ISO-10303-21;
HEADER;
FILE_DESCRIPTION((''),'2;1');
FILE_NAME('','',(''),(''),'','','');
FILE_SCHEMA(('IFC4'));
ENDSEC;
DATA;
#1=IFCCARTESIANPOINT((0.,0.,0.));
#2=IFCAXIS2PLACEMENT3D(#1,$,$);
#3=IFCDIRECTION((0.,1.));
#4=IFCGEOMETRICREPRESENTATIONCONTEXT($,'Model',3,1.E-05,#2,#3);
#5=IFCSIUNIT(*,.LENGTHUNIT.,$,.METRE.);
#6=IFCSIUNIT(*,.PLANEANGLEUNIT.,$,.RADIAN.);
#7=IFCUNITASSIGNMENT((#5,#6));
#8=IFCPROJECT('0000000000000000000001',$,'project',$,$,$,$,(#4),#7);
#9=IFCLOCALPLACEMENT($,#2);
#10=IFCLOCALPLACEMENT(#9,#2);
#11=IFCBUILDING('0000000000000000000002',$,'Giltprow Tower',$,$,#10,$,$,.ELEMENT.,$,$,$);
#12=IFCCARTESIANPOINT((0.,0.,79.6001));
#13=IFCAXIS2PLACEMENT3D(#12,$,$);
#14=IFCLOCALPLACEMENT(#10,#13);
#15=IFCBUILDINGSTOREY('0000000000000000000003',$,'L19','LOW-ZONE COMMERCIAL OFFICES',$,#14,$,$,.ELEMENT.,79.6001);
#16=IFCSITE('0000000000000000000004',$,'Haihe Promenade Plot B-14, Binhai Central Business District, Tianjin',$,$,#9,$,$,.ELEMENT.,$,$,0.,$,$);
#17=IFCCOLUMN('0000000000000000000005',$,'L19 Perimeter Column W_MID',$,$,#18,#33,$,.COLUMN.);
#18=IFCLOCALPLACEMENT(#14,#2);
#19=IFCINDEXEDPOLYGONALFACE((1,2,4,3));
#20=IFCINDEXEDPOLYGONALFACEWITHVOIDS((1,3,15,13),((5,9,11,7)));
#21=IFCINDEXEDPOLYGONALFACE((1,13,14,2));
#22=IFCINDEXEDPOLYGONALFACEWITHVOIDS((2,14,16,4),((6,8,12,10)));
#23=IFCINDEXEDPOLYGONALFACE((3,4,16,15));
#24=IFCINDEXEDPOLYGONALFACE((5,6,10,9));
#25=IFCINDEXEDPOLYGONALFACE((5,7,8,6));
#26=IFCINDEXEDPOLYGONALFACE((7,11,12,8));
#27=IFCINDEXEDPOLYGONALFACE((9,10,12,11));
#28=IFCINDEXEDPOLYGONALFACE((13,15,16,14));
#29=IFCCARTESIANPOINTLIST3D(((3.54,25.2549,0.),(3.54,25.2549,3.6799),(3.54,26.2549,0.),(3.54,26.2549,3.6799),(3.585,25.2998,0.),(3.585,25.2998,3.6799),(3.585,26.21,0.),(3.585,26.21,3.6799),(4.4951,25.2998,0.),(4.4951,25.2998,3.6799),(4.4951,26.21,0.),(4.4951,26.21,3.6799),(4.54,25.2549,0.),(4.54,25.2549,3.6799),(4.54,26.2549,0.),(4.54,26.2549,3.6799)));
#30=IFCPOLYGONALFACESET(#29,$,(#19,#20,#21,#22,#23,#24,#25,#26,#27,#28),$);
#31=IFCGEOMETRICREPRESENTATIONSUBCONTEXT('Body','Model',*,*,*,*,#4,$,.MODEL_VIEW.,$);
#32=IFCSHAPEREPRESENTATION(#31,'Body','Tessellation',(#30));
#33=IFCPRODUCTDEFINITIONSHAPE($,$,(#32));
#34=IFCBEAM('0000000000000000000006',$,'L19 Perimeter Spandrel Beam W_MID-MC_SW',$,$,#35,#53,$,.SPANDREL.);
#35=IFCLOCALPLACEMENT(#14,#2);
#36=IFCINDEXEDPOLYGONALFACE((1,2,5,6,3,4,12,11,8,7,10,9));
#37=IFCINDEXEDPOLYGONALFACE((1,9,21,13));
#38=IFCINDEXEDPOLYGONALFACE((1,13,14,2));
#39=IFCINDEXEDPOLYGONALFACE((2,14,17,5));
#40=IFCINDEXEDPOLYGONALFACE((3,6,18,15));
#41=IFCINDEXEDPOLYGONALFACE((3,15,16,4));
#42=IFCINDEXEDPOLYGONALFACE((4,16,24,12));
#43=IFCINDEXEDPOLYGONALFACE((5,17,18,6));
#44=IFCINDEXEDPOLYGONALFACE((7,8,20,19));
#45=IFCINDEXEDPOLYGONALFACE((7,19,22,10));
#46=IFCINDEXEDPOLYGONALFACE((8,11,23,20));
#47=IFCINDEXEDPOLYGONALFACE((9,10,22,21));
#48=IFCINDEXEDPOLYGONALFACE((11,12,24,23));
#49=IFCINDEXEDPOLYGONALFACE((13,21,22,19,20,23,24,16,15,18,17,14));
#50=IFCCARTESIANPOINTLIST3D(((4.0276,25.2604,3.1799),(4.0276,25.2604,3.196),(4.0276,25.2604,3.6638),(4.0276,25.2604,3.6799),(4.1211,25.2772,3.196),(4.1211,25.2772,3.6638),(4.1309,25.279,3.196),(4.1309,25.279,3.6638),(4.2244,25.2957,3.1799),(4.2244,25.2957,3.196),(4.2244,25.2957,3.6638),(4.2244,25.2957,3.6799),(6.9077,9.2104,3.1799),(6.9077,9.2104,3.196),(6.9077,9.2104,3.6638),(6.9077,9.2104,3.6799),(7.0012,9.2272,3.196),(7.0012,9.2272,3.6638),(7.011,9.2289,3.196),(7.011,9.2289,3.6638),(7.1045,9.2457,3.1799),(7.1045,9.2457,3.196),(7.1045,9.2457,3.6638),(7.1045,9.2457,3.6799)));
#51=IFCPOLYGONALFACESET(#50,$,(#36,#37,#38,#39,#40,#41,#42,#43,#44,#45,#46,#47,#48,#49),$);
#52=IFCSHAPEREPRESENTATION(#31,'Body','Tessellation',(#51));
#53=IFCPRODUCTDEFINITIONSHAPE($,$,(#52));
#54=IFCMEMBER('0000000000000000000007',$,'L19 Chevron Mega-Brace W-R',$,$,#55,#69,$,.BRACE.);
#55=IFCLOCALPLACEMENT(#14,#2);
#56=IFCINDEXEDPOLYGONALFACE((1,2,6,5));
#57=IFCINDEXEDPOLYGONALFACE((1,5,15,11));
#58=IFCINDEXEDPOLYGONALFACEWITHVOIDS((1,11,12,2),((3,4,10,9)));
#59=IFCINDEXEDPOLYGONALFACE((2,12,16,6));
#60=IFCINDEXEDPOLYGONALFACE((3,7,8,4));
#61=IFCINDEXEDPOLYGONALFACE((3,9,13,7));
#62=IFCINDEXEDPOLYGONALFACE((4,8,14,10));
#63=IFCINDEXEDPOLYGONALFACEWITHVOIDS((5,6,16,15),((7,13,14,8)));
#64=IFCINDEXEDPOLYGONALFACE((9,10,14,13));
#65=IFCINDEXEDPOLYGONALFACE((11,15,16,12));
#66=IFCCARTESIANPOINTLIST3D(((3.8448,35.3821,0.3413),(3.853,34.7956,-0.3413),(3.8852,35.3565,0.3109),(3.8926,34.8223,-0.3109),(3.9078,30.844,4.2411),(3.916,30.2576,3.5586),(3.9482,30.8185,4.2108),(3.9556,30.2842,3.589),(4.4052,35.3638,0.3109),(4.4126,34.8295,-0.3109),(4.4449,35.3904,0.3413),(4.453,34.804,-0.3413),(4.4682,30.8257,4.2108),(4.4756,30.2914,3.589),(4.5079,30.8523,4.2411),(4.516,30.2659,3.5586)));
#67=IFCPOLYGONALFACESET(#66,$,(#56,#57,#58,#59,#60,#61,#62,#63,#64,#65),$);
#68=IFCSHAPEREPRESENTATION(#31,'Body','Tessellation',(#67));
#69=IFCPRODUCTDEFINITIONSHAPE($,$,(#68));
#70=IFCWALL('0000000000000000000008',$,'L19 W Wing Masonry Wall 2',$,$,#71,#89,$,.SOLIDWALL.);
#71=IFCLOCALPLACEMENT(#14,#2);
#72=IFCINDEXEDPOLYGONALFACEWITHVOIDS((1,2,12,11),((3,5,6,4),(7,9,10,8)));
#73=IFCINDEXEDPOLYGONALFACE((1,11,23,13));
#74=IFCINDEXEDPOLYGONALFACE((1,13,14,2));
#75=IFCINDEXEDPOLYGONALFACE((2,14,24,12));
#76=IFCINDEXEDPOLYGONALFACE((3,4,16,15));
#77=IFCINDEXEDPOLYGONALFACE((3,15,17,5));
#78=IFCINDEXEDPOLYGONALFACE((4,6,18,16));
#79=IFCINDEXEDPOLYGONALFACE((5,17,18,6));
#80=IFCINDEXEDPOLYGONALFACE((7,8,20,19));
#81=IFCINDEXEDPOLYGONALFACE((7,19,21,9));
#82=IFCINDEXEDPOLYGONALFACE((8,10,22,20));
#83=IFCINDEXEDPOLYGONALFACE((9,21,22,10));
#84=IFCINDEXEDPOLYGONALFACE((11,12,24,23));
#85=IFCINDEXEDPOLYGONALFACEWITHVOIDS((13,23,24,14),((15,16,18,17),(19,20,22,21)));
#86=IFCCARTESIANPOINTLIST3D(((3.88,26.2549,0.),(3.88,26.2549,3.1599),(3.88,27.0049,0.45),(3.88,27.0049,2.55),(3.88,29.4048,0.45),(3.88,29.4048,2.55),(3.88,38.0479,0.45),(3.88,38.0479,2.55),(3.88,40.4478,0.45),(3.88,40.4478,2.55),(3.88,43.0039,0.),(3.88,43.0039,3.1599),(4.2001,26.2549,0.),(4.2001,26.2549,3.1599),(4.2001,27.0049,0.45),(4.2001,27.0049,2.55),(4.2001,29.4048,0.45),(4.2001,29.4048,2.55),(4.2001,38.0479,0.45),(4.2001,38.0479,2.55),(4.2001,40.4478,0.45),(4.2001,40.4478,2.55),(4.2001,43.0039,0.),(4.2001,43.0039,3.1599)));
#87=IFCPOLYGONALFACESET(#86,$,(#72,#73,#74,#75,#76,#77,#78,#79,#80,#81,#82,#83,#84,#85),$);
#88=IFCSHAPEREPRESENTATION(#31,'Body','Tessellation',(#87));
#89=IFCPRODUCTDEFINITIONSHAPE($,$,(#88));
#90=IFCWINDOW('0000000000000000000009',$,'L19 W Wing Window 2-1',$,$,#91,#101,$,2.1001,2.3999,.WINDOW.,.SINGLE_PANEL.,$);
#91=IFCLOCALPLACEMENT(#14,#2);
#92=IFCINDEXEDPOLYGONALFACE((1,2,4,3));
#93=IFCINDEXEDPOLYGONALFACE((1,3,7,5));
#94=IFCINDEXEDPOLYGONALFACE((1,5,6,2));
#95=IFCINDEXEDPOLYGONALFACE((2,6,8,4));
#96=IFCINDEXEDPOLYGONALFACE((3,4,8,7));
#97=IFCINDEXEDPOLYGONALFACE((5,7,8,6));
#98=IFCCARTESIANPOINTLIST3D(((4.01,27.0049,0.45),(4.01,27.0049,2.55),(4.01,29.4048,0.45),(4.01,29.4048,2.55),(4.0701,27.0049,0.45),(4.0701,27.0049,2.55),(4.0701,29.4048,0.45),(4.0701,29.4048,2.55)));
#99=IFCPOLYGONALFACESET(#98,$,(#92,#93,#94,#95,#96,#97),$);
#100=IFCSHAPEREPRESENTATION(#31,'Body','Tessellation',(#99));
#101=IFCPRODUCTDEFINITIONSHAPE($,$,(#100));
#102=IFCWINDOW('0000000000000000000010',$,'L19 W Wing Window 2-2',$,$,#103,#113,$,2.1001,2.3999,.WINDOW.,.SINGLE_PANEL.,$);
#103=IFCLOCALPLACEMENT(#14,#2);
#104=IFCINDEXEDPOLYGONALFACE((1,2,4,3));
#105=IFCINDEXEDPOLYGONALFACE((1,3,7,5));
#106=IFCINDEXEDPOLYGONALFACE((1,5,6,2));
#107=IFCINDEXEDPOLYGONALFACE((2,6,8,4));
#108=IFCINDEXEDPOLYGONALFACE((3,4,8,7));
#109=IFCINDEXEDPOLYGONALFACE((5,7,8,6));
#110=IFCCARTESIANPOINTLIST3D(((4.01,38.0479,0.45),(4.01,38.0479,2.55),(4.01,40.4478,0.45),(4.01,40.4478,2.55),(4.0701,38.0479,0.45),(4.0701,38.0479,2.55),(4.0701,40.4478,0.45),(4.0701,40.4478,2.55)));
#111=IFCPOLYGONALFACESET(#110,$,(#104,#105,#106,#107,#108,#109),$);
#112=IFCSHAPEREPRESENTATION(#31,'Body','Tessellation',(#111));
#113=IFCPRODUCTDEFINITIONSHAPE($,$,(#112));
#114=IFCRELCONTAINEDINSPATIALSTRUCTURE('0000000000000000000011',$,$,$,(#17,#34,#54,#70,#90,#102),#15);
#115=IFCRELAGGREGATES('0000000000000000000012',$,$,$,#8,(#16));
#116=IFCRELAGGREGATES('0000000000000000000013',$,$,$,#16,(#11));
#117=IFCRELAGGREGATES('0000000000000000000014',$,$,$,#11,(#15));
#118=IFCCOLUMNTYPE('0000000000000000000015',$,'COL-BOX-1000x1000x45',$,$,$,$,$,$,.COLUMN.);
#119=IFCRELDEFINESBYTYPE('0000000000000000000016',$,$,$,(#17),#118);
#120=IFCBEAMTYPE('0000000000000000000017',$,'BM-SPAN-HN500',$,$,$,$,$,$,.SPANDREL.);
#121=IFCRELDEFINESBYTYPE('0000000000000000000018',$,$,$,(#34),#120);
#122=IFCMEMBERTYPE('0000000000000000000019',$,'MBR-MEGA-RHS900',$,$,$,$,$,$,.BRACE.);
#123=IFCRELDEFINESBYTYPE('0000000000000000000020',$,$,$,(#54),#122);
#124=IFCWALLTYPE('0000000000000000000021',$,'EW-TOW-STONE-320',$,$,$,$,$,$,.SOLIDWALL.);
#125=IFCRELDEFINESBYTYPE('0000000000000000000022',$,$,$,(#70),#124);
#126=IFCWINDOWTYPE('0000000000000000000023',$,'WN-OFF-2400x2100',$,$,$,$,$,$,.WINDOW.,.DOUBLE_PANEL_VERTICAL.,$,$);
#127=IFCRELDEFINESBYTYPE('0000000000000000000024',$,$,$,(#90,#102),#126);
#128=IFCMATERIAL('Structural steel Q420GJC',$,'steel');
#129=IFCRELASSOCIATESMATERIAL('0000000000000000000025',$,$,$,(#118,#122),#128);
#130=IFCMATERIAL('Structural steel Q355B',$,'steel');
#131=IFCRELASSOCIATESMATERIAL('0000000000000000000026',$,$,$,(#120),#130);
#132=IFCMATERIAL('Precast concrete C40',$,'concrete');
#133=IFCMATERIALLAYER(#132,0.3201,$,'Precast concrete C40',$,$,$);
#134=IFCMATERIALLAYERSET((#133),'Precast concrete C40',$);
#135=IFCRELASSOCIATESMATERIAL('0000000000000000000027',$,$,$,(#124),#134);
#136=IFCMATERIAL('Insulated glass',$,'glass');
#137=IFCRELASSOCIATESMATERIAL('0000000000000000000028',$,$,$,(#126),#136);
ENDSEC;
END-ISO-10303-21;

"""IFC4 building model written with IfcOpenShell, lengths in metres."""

from ifc_helpers import new_model, si_unit, direction, frame, frame_2d, origin, origin_2d, place, context, subcontext, project, spatial, rectangle, hollow_rectangle, i_section, extrude, source, transform, mapped, material, layer, layer_set, material_profile, profile_set, type_object, element, fill, save


model = new_model("IFC4")

# Units and contexts
model_context = context("Model", 3, precision=1e-05, world=origin(), true_north=direction((0.0, 1.0)))
body_context = subcontext(model_context, "Body", "Model", "MODEL_VIEW")
ifc_project = project(units=[si_unit("LENGTHUNIT", "METRE"), si_unit("PLANEANGLEUNIT", "RADIAN")], contexts=[model_context])

# Site, building, storey
site_placement = place(None, origin())
site = spatial("IfcSite", under=ifc_project, at=site_placement, Name="Haihe Promenade Plot B-14, Binhai Central Business District, Tianjin", CompositionType="ELEMENT", RefElevation=0.0)
building_placement = place(site_placement, origin())
building = spatial("IfcBuilding", under=site, at=building_placement, Name="Giltprow Tower", CompositionType="ELEMENT")
storey_placement = place(building_placement, frame((0.0, 0.0, 79.6001)))
storey = spatial("IfcBuildingStorey", under=building, at=storey_placement, Name="L19", Description="LOW-ZONE COMMERCIAL OFFICES", CompositionType="ELEMENT", Elevation=79.6001)

# Column
ifc_material_1 = material(Name="Structural steel Q420GJC", Category="steel")
ifc_material_profile_1 = material_profile(ifc_material_1, hollow_rectangle(XDim=1.0, YDim=1.0, WallThickness=0.0449, at=origin_2d()), Name="BOX 1000x1000x45")
ifc_profile_set_1 = profile_set([ifc_material_profile_1], Name="Structural steel Q420GJC")
column_type = type_object("IfcColumnType", Name="COL-BOX-1000x1000x45", PredefinedType="COLUMN", material=ifc_profile_set_1)
shared_shape_1 = source(origin(), body_context, "Body", "SweptSolid", [
    extrude(hollow_rectangle(XDim=1.0, YDim=1.0, WallThickness=0.0449, at=origin_2d()), origin(), (0.0, 0.0, 1.0), 3.6799),
])
column_placement = place(storey_placement, frame((4.04, 25.7549, 0.0), z_axis=(0.0, 0.0, 1.0), x_axis=(1.0, 0.0, 0.0)))
element("IfcColumn", 1, at=column_placement, inside=storey, type_object=column_type, Name="L19 Perimeter Column W_MID", PredefinedType="COLUMN", context=body_context, shape_type="MappedRepresentation", body=[
    mapped(shared_shape_1, transform((0.0, 0.0, 0.0), x_axis=(1.0, 0.0, 0.0), y_axis=(0.0, 1.0, 0.0), z_axis=(0.0, 0.0, 1.0), scale=1.0)),
])

# Beam
ifc_material_2 = material(Name="Structural steel Q355B", Category="steel")
ifc_material_profile_2 = material_profile(ifc_material_2, i_section(OverallWidth=0.2, OverallDepth=0.5, WebThickness=0.01, FlangeThickness=0.0161, at=origin_2d()), Name="HN 500x200x10x16")
ifc_profile_set_2 = profile_set([ifc_material_profile_2], Name="Structural steel Q355B")
beam_type = type_object("IfcBeamType", Name="BM-SPAN-HN500", PredefinedType="SPANDREL", material=ifc_profile_set_2)
shared_shape_2 = source(origin(), body_context, "Body", "SweptSolid", [
    extrude(i_section(OverallWidth=0.2, OverallDepth=0.5, WebThickness=0.01, FlangeThickness=0.0161, at=origin_2d()), origin(), (0.0, 0.0, 1.0), 16.3064),
])
beam_placement = place(storey_placement, frame((4.126, 25.2781, 3.4299), z_axis=(0.176625, -0.984278, 0.0), x_axis=(0.984278, 0.176625, 0.0)))
element("IfcBeam", 2, at=beam_placement, inside=storey, type_object=beam_type, Name="L19 Perimeter Spandrel Beam W_MID-MC_SW", PredefinedType="SPANDREL", context=body_context, shape_type="MappedRepresentation", body=[
    mapped(shared_shape_2, transform((0.0, 0.0, 0.0), x_axis=(1.0, 0.0, 0.0), y_axis=(0.0, 1.0, 0.0), z_axis=(0.0, 0.0, 1.0), scale=1.0)),
])

# Member
ifc_material_profile_3 = material_profile(ifc_material_1, hollow_rectangle(XDim=0.6001, YDim=0.8999, WallThickness=0.04, at=origin_2d()), Name="RHS 900x600x40")
ifc_profile_set_3 = profile_set([ifc_material_profile_3], Name="Structural steel Q420GJC")
member_type = type_object("IfcMemberType", Name="MBR-MEGA-RHS900", PredefinedType="BRACE", material=ifc_profile_set_3)
shared_shape_3 = source(origin(), body_context, "Body", "SweptSolid", [
    extrude(hollow_rectangle(XDim=0.6001, YDim=0.8999, WallThickness=0.04, at=origin_2d()), origin(), (0.0, 0.0, 1.0), 5.9839),
])
member_placement = place(storey_placement, frame((4.1489, 35.093, 0.0), z_axis=(0.010526, -0.758379, 0.651729), x_axis=(0.999904, 0.013879, 0.0)))
element("IfcMember", 3, at=member_placement, inside=storey, type_object=member_type, Name="L19 Chevron Mega-Brace W-R", PredefinedType="BRACE", context=body_context, shape_type="MappedRepresentation", body=[
    mapped(shared_shape_3, transform((0.0, 0.0, 0.0), x_axis=(1.0, 0.0, 0.0), y_axis=(0.0, 1.0, 0.0), z_axis=(0.0, 0.0, 1.0), scale=1.0)),
])

# Wall, openings, windows
ifc_material_3 = material(Name="Precast concrete C40", Category="concrete")
ifc_layer_1 = layer(ifc_material_3, 0.3201, Name="Precast concrete C40")
ifc_layer_set_1 = layer_set([ifc_layer_1], Name="Precast concrete C40")
wall_type_1 = type_object("IfcWallType", Name="EW-TOW-STONE-320", PredefinedType="SOLIDWALL", material=ifc_layer_set_1)
wall_1_placement = place(storey_placement, frame((4.04, 26.2549, 0.0), z_axis=(0.0, 0.0, 1.0), x_axis=(0.0, 1.0, 0.0)))
wall_1 = element("IfcWall", 4, at=wall_1_placement, inside=storey, type_object=wall_type_1, Name="L19 W Wing Masonry Wall 2", PredefinedType="SOLIDWALL", context=body_context, shape_type="SweptSolid", body=[
    extrude(rectangle(XDim=16.749, YDim=0.3201, at=frame_2d((8.3745, 0.0))), origin(), (0.0, 0.0, 1.0), 3.1599),
])
opening_1_placement = place(wall_1_placement, frame((0.75, 0.0, 0.45)))
opening_1 = element("IfcOpeningElement", 5, at=opening_1_placement, cuts=wall_1, PredefinedType="OPENING", context=body_context, shape_type="SweptSolid", body=[
    extrude(rectangle(XDim=2.3999, YDim=2.1001, at=frame_2d((1.2, 1.05))), frame((0.0, 0.1699, 0.0), z_axis=(0.0, -1.0, 0.0), x_axis=(1.0, 0.0, 0.0)), (0.0, 0.0, 1.0), 0.3401),
])
opening_2_placement = place(wall_1_placement, frame((11.793, 0.0, 0.45)))
opening_2 = element("IfcOpeningElement", 6, at=opening_2_placement, cuts=wall_1, PredefinedType="OPENING", context=body_context, shape_type="SweptSolid", body=[
    extrude(rectangle(XDim=2.3999, YDim=2.1001, at=frame_2d((1.2, 1.05))), frame((0.0, 0.1699, 0.0), z_axis=(0.0, -1.0, 0.0), x_axis=(1.0, 0.0, 0.0)), (0.0, 0.0, 1.0), 0.3401),
])
ifc_material_4 = material(Name="Insulated glass", Category="glass")
window_type = type_object("IfcWindowType", Name="WN-OFF-2400x2100", PartitioningType="DOUBLE_PANEL_VERTICAL", PredefinedType="WINDOW", material=ifc_material_4)
shared_shape_4 = source(origin(), body_context, "Body", "SweptSolid", [
    extrude(rectangle(XDim=2.3999, YDim=2.1001, at=frame_2d((1.2, 1.05))), frame((0.0, 0.03, 0.0), z_axis=(0.0, -1.0, 0.0), x_axis=(1.0, 0.0, 0.0)), (0.0, 0.0, 1.0), 0.0601),
])
window_1_placement = place(opening_1_placement, origin())
window_1 = element("IfcWindow", 7, at=window_1_placement, inside=storey, type_object=window_type, Name="L19 W Wing Window 2-1", OverallHeight=2.1001, OverallWidth=2.3999, PartitioningType="SINGLE_PANEL", PredefinedType="WINDOW", context=body_context, shape_type="MappedRepresentation", body=[
    mapped(shared_shape_4, transform((0.0, 0.0, 0.0), x_axis=(1.0, 0.0, 0.0), y_axis=(0.0, 1.0, 0.0), z_axis=(0.0, 0.0, 1.0), scale=1.0)),
])
fill(opening_1, window_1)
window_2_placement = place(opening_2_placement, origin())
window_2 = element("IfcWindow", 8, at=window_2_placement, inside=storey, type_object=window_type, Name="L19 W Wing Window 2-2", OverallHeight=2.1001, OverallWidth=2.3999, PartitioningType="SINGLE_PANEL", PredefinedType="WINDOW", context=body_context, shape_type="MappedRepresentation", body=[
    mapped(shared_shape_4, transform((0.0, 0.0, 0.0), x_axis=(1.0, 0.0, 0.0), y_axis=(0.0, 1.0, 0.0), z_axis=(0.0, 0.0, 1.0), scale=1.0)),
])
fill(opening_2, window_2)

save(model, "model.ifc")
